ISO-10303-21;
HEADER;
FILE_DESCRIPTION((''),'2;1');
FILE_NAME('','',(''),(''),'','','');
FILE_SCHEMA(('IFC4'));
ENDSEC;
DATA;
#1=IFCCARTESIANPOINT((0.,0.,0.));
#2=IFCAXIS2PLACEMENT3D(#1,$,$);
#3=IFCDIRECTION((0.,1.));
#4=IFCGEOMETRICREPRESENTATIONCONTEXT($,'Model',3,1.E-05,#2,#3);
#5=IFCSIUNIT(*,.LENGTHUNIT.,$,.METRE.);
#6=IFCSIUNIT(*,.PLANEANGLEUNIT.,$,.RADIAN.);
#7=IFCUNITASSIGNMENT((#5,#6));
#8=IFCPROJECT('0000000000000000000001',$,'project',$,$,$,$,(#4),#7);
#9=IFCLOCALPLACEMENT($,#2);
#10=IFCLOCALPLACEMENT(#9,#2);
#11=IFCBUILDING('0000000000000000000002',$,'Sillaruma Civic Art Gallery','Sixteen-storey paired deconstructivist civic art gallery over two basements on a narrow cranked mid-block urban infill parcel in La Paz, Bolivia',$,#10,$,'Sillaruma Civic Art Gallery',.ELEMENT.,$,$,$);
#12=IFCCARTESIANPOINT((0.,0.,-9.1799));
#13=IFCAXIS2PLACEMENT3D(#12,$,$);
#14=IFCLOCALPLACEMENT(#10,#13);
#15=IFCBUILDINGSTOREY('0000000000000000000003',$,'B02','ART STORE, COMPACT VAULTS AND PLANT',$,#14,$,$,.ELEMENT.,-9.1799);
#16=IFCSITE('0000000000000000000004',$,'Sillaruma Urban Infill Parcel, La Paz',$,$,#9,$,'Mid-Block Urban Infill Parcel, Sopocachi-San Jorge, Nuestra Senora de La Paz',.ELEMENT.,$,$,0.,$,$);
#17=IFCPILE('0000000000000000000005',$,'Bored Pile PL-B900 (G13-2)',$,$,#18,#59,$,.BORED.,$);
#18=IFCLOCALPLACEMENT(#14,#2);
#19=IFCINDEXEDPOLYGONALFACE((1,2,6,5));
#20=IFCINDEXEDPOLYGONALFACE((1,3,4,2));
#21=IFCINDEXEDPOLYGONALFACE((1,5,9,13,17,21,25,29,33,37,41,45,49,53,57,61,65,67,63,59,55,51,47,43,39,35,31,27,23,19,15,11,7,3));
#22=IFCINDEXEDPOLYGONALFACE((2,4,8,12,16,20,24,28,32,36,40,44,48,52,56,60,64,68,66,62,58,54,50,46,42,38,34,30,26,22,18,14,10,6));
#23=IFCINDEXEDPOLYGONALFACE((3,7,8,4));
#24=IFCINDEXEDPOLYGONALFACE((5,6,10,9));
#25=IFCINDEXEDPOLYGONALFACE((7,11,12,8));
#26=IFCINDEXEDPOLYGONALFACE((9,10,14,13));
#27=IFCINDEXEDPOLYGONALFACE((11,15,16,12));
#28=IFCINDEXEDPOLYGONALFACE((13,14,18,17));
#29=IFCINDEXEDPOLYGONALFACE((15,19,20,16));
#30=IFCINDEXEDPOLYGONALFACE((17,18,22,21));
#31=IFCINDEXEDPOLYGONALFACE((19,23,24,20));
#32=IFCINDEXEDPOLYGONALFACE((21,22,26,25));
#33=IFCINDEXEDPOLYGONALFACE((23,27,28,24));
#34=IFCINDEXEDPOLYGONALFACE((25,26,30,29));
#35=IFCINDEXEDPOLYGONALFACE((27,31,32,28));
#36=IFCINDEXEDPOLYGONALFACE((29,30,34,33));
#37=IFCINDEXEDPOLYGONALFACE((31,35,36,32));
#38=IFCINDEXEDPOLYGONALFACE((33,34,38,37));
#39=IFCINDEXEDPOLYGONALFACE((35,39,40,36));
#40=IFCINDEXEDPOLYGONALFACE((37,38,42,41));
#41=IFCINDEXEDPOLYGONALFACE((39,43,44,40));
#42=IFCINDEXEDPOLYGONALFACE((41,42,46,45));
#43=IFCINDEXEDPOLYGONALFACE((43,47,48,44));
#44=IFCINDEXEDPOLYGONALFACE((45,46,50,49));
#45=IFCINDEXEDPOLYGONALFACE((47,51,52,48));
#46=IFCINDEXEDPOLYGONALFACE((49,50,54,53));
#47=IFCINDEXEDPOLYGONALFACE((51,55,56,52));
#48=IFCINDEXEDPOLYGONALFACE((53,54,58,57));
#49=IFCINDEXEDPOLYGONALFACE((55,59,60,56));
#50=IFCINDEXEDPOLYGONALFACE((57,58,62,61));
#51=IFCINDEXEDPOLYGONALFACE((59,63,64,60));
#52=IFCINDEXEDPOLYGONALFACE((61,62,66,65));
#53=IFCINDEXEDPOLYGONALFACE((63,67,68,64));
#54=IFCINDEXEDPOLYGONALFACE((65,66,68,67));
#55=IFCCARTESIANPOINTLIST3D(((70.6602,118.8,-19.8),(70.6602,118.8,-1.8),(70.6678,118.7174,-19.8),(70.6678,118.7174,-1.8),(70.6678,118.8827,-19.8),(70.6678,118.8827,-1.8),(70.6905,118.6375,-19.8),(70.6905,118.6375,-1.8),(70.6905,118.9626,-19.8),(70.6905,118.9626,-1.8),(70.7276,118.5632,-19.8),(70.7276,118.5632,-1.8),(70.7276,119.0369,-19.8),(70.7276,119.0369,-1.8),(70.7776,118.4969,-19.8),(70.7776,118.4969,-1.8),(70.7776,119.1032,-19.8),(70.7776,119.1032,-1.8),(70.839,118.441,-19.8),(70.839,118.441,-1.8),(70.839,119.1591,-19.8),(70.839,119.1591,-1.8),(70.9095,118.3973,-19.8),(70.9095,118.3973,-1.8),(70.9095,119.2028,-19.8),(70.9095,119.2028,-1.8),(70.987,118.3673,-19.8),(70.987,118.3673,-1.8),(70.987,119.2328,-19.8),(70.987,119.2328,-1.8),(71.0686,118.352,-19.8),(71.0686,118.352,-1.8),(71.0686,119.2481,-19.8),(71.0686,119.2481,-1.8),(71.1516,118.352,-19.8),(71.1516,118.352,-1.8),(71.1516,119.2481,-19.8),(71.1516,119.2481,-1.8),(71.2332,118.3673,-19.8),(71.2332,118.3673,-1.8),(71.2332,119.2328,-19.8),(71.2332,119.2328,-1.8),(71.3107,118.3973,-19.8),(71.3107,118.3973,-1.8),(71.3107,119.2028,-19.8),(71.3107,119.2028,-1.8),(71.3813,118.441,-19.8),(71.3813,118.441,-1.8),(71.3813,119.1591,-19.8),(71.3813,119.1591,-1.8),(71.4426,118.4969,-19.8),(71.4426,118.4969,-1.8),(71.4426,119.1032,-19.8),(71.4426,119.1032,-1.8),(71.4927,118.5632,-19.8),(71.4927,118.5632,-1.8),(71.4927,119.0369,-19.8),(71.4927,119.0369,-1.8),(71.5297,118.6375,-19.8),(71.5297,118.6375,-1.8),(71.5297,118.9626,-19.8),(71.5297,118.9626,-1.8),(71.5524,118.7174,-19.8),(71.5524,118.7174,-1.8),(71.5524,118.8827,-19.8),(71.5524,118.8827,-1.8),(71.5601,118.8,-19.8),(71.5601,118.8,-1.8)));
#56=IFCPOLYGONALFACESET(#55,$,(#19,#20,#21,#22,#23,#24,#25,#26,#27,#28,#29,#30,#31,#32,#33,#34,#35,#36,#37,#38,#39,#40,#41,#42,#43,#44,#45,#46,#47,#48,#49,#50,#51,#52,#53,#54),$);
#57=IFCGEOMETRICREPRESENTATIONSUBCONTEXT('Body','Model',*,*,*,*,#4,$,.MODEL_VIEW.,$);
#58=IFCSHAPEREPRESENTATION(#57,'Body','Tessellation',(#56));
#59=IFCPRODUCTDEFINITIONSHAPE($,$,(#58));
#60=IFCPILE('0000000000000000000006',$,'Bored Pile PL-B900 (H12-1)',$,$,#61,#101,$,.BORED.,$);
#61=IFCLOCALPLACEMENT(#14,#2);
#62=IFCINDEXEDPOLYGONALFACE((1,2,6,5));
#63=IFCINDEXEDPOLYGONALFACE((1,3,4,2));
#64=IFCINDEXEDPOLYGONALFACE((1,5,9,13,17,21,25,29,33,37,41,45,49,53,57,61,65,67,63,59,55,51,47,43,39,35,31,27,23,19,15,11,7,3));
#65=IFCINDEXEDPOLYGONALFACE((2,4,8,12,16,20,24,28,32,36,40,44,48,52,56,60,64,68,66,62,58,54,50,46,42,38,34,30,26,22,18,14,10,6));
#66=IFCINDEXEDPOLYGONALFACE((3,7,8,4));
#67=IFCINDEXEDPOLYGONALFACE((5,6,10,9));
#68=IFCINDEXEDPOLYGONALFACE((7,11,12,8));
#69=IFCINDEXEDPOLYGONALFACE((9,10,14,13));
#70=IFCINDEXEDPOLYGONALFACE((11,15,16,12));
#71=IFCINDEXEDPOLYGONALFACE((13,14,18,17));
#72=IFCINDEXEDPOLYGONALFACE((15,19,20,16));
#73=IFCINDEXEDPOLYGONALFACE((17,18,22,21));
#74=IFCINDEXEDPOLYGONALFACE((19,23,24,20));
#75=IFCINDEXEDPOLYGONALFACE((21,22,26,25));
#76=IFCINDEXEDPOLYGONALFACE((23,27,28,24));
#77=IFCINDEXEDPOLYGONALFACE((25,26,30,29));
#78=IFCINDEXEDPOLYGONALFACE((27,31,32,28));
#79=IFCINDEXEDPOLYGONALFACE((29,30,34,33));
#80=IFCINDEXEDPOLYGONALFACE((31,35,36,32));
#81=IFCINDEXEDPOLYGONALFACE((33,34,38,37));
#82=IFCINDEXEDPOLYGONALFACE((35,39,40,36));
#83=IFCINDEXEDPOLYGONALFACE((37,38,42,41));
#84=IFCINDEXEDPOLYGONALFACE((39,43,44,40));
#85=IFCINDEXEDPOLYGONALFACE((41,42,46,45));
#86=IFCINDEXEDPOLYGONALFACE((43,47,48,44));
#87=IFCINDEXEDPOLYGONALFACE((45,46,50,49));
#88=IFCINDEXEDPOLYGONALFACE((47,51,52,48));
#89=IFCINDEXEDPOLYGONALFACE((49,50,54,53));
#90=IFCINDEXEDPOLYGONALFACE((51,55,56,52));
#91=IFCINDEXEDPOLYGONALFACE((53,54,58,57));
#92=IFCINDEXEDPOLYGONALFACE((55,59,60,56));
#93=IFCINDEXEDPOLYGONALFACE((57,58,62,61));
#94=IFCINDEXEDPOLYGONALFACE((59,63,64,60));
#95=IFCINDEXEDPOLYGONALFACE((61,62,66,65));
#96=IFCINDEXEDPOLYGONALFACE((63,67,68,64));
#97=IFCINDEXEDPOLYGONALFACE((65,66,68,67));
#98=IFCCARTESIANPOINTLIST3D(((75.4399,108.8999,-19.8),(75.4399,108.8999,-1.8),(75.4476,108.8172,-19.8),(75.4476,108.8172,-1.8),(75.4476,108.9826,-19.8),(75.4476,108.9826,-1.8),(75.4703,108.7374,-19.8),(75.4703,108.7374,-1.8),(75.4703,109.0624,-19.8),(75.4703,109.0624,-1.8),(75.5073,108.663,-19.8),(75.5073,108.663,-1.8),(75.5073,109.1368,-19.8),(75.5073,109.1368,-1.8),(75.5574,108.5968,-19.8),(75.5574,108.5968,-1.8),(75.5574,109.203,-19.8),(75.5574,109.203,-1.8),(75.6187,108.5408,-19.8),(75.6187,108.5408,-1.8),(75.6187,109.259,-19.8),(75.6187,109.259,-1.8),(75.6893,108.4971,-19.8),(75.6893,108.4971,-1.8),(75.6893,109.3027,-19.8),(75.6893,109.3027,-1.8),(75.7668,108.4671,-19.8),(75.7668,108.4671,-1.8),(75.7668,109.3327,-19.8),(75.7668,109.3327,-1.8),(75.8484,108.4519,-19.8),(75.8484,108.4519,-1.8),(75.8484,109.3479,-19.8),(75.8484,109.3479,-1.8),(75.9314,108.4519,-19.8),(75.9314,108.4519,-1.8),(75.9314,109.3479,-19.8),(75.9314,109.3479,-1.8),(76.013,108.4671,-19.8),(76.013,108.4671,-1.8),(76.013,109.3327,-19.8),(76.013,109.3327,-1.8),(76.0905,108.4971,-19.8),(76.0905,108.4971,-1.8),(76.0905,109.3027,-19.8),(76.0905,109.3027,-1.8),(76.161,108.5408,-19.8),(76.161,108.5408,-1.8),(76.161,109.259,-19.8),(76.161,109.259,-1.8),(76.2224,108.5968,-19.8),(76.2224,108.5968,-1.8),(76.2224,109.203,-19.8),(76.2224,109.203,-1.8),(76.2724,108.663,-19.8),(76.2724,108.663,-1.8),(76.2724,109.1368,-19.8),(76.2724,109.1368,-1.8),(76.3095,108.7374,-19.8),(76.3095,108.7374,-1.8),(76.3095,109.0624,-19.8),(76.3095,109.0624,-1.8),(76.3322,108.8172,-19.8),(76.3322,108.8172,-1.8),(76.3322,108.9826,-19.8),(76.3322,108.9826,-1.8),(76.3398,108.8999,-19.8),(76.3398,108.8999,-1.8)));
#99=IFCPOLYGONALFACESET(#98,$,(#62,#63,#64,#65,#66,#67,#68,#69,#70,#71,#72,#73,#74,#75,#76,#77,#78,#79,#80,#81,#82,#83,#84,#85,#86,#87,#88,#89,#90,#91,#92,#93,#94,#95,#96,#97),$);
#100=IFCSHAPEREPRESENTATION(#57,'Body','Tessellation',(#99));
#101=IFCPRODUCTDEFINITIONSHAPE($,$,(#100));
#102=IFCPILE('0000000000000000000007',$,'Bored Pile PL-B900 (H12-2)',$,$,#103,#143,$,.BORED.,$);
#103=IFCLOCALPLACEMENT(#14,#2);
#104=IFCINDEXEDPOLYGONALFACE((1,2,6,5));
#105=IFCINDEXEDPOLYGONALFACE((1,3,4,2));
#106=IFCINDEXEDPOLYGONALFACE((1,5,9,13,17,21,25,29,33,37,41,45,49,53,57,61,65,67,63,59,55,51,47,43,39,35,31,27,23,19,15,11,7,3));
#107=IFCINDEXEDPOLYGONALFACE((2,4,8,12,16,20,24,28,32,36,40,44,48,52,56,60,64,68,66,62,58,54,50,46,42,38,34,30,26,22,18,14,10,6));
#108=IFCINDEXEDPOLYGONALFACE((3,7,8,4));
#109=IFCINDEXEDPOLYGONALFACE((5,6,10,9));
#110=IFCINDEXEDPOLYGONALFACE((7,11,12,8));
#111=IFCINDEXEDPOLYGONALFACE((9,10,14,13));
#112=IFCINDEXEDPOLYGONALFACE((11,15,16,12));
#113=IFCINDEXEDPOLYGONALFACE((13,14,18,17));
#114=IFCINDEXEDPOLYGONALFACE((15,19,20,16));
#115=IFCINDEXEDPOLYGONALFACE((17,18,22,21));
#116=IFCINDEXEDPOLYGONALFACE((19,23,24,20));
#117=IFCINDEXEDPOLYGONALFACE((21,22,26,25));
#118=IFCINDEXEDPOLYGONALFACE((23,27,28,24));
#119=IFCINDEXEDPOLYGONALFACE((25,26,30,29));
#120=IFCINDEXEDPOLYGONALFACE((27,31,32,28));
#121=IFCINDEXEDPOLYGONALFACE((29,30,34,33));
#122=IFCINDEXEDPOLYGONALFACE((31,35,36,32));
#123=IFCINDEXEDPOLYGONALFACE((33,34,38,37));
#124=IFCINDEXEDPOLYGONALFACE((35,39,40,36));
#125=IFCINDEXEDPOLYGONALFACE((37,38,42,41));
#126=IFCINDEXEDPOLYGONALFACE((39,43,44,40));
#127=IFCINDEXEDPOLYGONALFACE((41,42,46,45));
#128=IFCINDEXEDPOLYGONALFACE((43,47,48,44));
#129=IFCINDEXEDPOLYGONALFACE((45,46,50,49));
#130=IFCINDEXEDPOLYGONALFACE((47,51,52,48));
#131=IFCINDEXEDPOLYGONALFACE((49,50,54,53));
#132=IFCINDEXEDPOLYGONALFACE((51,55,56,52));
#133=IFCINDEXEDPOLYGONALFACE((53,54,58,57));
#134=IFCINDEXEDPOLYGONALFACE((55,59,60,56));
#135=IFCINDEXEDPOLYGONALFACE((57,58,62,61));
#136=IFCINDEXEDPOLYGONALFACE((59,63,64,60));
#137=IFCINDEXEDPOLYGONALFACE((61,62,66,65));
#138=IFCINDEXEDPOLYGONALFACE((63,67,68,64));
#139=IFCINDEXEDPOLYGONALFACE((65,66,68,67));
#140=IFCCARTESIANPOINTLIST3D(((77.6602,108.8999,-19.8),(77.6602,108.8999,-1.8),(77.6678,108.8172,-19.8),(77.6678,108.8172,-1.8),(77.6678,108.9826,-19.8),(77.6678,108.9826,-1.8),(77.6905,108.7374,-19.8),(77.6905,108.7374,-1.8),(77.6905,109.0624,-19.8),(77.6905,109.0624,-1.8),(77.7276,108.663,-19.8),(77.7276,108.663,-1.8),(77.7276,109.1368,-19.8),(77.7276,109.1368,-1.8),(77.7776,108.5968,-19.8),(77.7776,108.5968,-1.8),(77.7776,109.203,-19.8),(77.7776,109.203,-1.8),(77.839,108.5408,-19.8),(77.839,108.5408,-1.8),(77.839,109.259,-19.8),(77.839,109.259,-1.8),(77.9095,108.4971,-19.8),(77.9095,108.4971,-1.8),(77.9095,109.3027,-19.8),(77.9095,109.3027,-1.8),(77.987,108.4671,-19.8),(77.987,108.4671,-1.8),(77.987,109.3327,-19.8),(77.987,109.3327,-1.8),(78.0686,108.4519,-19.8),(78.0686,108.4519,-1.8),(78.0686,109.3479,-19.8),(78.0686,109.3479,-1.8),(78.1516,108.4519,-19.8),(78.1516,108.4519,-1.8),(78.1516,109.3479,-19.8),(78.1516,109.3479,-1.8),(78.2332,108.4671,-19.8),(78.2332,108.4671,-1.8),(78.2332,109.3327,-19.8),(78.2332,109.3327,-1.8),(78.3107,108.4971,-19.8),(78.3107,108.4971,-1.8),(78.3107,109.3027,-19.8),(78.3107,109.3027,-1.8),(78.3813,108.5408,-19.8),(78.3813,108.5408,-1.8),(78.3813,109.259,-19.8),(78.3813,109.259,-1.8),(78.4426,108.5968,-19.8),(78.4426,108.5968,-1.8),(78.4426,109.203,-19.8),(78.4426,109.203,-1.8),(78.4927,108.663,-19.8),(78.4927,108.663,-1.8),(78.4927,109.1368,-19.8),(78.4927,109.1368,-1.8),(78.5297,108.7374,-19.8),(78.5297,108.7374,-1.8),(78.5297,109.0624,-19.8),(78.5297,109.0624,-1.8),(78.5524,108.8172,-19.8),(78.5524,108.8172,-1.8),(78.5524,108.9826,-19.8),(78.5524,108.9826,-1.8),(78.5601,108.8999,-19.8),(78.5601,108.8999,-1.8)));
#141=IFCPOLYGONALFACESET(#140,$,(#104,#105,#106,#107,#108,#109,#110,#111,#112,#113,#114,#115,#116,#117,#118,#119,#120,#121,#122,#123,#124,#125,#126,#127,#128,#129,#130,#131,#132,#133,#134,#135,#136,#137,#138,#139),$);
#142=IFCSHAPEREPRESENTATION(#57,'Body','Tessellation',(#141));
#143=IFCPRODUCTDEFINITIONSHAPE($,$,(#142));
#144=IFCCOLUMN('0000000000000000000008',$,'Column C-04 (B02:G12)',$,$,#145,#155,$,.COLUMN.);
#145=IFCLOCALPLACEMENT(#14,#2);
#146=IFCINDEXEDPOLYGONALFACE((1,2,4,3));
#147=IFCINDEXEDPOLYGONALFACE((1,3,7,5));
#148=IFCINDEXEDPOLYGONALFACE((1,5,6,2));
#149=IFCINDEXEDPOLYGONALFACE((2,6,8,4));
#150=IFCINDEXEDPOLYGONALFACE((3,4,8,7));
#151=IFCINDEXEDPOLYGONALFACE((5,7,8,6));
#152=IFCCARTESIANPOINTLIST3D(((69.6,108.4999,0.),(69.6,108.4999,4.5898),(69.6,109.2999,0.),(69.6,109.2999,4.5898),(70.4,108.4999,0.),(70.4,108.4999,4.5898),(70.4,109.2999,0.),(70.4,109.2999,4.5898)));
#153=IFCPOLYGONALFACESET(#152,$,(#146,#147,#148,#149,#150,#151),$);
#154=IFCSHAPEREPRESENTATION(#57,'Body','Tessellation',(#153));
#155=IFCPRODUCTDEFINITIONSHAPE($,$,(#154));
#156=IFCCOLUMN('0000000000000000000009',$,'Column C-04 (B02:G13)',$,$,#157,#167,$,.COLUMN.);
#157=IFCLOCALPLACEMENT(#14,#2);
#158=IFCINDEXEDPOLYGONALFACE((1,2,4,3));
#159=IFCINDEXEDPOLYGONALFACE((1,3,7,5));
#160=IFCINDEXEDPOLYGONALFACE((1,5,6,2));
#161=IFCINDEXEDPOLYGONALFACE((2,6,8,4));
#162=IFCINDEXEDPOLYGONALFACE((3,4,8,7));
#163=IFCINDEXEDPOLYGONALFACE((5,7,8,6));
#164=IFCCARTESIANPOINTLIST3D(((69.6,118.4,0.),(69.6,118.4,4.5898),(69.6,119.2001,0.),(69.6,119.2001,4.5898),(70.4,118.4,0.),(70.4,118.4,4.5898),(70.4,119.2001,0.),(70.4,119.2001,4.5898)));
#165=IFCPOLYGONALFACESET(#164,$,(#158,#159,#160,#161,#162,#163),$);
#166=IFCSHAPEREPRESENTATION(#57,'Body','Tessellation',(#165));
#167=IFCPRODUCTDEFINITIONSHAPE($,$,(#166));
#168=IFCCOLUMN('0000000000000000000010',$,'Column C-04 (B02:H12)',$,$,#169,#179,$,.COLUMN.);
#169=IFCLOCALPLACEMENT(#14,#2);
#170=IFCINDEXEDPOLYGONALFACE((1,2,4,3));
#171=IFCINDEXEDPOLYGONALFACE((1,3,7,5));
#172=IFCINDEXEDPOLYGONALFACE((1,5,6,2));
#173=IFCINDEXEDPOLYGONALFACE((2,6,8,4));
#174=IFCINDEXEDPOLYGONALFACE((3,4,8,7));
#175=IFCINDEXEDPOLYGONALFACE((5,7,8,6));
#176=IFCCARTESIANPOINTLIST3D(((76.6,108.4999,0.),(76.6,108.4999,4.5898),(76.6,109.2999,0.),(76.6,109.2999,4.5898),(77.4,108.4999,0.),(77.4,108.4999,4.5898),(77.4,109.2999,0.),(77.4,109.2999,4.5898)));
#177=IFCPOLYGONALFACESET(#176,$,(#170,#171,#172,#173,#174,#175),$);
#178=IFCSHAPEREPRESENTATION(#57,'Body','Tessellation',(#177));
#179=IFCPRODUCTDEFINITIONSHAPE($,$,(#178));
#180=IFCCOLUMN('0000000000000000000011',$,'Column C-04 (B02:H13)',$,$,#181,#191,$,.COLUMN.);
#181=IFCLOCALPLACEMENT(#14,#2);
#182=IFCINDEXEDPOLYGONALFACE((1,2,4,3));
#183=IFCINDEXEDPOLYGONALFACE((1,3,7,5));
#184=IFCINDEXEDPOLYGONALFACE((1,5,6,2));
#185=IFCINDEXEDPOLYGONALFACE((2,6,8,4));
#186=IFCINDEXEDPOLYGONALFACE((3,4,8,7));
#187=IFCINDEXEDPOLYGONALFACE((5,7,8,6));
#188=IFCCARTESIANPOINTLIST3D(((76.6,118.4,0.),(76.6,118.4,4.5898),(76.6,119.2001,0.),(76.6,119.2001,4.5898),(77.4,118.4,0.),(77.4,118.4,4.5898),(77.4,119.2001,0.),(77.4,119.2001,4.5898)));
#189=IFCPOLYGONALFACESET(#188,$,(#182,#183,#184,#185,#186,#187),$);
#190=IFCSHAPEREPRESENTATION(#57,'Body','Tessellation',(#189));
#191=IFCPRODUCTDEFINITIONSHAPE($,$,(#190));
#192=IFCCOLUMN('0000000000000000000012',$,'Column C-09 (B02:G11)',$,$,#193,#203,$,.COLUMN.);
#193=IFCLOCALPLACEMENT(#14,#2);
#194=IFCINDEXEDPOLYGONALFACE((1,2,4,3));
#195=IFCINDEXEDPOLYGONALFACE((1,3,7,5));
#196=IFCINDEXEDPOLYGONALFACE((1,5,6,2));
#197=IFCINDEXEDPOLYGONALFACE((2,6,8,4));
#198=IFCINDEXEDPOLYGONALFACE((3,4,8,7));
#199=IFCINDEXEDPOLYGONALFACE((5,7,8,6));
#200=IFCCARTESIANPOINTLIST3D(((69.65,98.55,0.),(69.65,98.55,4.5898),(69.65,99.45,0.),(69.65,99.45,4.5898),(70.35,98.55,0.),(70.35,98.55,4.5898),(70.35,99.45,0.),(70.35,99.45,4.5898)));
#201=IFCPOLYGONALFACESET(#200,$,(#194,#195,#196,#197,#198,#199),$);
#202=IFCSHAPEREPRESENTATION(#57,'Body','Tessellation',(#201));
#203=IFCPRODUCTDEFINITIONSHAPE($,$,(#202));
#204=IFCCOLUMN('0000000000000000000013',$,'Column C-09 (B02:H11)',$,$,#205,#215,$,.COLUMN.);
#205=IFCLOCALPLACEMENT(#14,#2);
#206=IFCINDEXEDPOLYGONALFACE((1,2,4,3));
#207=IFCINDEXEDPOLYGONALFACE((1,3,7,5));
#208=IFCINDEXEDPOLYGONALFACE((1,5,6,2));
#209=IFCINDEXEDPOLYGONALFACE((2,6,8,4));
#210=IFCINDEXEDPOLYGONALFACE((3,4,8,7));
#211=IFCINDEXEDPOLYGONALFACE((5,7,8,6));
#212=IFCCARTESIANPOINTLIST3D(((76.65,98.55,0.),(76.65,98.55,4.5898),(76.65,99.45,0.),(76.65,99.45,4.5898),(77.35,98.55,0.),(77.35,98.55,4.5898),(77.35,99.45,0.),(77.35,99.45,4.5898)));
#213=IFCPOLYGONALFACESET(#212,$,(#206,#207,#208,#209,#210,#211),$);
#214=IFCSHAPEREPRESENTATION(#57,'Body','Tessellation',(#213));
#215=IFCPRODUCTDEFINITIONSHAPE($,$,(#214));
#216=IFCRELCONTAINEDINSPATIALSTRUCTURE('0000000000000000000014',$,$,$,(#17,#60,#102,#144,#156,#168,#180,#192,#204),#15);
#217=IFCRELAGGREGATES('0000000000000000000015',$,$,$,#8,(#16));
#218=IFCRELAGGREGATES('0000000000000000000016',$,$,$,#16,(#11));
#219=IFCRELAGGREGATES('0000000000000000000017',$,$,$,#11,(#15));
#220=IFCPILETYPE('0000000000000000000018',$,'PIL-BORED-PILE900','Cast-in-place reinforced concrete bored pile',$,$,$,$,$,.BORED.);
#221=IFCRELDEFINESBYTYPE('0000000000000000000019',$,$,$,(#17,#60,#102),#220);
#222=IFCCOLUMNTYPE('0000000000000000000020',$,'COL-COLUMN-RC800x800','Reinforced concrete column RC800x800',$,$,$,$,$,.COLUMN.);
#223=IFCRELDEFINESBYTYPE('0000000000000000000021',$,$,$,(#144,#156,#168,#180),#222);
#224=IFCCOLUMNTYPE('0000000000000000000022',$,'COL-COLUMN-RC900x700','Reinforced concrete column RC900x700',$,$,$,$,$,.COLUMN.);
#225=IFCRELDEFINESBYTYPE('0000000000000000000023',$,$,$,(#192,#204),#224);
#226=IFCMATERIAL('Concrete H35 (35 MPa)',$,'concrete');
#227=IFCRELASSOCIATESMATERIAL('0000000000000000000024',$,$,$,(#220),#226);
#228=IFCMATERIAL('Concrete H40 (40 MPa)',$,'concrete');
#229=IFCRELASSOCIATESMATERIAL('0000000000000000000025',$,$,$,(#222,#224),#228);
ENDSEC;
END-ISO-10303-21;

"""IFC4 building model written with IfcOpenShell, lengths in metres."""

from ifc_helpers import new_model, si_unit, direction, frame, origin, origin_2d, place, context, subcontext, project, spatial, rectangle, circle, extrude, material, material_profile, profile_set, type_object, element, save


model = new_model("IFC4")

# Units and contexts
model_context = context("Model", 3, precision=1e-05, world=origin(), true_north=direction((0.0, 1.0)))
body_context = subcontext(model_context, "Body", "Model", "MODEL_VIEW")
ifc_project = project(units=[si_unit("LENGTHUNIT", "METRE"), si_unit("PLANEANGLEUNIT", "RADIAN")], contexts=[model_context])

# Site, building, storey
site_placement = place(None, origin())
site = spatial("IfcSite", under=ifc_project, at=site_placement, Name="Sillaruma Urban Infill Parcel, La Paz", LongName="Mid-Block Urban Infill Parcel, Sopocachi-San Jorge, Nuestra Senora de La Paz", CompositionType="ELEMENT", RefElevation=0.0)
building_placement = place(site_placement, origin())
building = spatial("IfcBuilding", under=site, at=building_placement, Name="Sillaruma Civic Art Gallery", Description="Sixteen-storey paired deconstructivist civic art gallery over two basements on a narrow cranked mid-block urban infill parcel in La Paz, Bolivia", LongName="Sillaruma Civic Art Gallery", CompositionType="ELEMENT")
storey_placement = place(building_placement, frame((0.0, 0.0, -9.1799)))
storey = spatial("IfcBuildingStorey", under=building, at=storey_placement, Name="B02", Description="ART STORE, COMPACT VAULTS AND PLANT", CompositionType="ELEMENT", Elevation=-9.1799)

# Shared definitions
ifc_material_1 = material(Name="Concrete H35 (35 MPa)", Category="concrete")

# Piles
ifc_material_profile_1 = material_profile(ifc_material_1, circle(Radius=0.45, at=origin_2d()), Name="PILE900")
ifc_profile_set_1 = profile_set([ifc_material_profile_1], Name="Concrete H35 (35 MPa)")
pile_type_1 = type_object("IfcPileType", Name="PIL-BORED-PILE900", Description="Cast-in-place reinforced concrete bored pile", PredefinedType="BORED", material=ifc_profile_set_1)
for number, where, z_axis, x_axis, name in (
    (1, (71.1101, 118.8, -1.8), (0.0, 0.0, -1.0), (1.0, 0.0, 0.0), "Bored Pile PL-B900 (G13-2)"),
    (2, (75.8899, 108.8999, -1.8), (0.0, 0.0, -1.0), (1.0, 0.0, 0.0), "Bored Pile PL-B900 (H12-1)"),
    (3, (78.1101, 108.8999, -1.8), (0.0, 0.0, -1.0), (1.0, 0.0, 0.0), "Bored Pile PL-B900 (H12-2)"),
):
    element("IfcPile", number, at=place(storey_placement, frame(where, z_axis=z_axis, x_axis=x_axis)), inside=storey, type_object=pile_type_1, Name=name, PredefinedType="BORED", context=body_context, shape_type="SweptSolid", body=[
        extrude(circle(Radius=0.45, at=origin_2d()), origin(), (0.0, 0.0, 1.0), 18.0),
    ])

# Columns
ifc_material_2 = material(Name="Concrete H40 (40 MPa)", Category="concrete")
ifc_material_profile_2 = material_profile(ifc_material_2, rectangle(XDim=0.8, YDim=0.8, at=origin_2d()), Name="RC800x800")
ifc_profile_set_2 = profile_set([ifc_material_profile_2], Name="Concrete H40 (40 MPa)")
column_type_1 = type_object("IfcColumnType", Name="COL-COLUMN-RC800x800", Description="Reinforced concrete column RC800x800", PredefinedType="COLUMN", material=ifc_profile_set_2)
for number, where, z_axis, x_axis, name in (
    (4, (70.0, 108.8999, 0.0), (0.0, 0.0, 1.0), (1.0, 0.0, 0.0), "Column C-04 (B02:G12)"),
    (5, (70.0, 118.8, 0.0), (0.0, 0.0, 1.0), (1.0, 0.0, 0.0), "Column C-04 (B02:G13)"),
    (6, (77.0, 108.8999, 0.0), (0.0, 0.0, 1.0), (1.0, 0.0, 0.0), "Column C-04 (B02:H12)"),
    (7, (77.0, 118.8, 0.0), (0.0, 0.0, 1.0), (1.0, 0.0, 0.0), "Column C-04 (B02:H13)"),
):
    element("IfcColumn", number, at=place(storey_placement, frame(where, z_axis=z_axis, x_axis=x_axis)), inside=storey, type_object=column_type_1, Name=name, PredefinedType="COLUMN", context=body_context, shape_type="SweptSolid", body=[
        extrude(rectangle(XDim=0.8, YDim=0.8, at=origin_2d()), origin(), (0.0, 0.0, 1.0), 4.5898),
    ])
ifc_material_profile_3 = material_profile(ifc_material_2, rectangle(XDim=0.7, YDim=0.8999, at=origin_2d()), Name="RC900x700")
ifc_profile_set_3 = profile_set([ifc_material_profile_3], Name="Concrete H40 (40 MPa)")
column_type_2 = type_object("IfcColumnType", Name="COL-COLUMN-RC900x700", Description="Reinforced concrete column RC900x700", PredefinedType="COLUMN", material=ifc_profile_set_3)
for number, where, z_axis, x_axis, name in (
    (8, (70.0, 99.0, 0.0), (0.0, 0.0, 1.0), (1.0, 0.0, 0.0), "Column C-09 (B02:G11)"),
    (9, (77.0, 99.0, 0.0), (0.0, 0.0, 1.0), (1.0, 0.0, 0.0), "Column C-09 (B02:H11)"),
):
    element("IfcColumn", number, at=place(storey_placement, frame(where, z_axis=z_axis, x_axis=x_axis)), inside=storey, type_object=column_type_2, Name=name, PredefinedType="COLUMN", context=body_context, shape_type="SweptSolid", body=[
        extrude(rectangle(XDim=0.7, YDim=0.8999, at=origin_2d()), origin(), (0.0, 0.0, 1.0), 4.5898),
    ])

save(model, "model.ifc")
